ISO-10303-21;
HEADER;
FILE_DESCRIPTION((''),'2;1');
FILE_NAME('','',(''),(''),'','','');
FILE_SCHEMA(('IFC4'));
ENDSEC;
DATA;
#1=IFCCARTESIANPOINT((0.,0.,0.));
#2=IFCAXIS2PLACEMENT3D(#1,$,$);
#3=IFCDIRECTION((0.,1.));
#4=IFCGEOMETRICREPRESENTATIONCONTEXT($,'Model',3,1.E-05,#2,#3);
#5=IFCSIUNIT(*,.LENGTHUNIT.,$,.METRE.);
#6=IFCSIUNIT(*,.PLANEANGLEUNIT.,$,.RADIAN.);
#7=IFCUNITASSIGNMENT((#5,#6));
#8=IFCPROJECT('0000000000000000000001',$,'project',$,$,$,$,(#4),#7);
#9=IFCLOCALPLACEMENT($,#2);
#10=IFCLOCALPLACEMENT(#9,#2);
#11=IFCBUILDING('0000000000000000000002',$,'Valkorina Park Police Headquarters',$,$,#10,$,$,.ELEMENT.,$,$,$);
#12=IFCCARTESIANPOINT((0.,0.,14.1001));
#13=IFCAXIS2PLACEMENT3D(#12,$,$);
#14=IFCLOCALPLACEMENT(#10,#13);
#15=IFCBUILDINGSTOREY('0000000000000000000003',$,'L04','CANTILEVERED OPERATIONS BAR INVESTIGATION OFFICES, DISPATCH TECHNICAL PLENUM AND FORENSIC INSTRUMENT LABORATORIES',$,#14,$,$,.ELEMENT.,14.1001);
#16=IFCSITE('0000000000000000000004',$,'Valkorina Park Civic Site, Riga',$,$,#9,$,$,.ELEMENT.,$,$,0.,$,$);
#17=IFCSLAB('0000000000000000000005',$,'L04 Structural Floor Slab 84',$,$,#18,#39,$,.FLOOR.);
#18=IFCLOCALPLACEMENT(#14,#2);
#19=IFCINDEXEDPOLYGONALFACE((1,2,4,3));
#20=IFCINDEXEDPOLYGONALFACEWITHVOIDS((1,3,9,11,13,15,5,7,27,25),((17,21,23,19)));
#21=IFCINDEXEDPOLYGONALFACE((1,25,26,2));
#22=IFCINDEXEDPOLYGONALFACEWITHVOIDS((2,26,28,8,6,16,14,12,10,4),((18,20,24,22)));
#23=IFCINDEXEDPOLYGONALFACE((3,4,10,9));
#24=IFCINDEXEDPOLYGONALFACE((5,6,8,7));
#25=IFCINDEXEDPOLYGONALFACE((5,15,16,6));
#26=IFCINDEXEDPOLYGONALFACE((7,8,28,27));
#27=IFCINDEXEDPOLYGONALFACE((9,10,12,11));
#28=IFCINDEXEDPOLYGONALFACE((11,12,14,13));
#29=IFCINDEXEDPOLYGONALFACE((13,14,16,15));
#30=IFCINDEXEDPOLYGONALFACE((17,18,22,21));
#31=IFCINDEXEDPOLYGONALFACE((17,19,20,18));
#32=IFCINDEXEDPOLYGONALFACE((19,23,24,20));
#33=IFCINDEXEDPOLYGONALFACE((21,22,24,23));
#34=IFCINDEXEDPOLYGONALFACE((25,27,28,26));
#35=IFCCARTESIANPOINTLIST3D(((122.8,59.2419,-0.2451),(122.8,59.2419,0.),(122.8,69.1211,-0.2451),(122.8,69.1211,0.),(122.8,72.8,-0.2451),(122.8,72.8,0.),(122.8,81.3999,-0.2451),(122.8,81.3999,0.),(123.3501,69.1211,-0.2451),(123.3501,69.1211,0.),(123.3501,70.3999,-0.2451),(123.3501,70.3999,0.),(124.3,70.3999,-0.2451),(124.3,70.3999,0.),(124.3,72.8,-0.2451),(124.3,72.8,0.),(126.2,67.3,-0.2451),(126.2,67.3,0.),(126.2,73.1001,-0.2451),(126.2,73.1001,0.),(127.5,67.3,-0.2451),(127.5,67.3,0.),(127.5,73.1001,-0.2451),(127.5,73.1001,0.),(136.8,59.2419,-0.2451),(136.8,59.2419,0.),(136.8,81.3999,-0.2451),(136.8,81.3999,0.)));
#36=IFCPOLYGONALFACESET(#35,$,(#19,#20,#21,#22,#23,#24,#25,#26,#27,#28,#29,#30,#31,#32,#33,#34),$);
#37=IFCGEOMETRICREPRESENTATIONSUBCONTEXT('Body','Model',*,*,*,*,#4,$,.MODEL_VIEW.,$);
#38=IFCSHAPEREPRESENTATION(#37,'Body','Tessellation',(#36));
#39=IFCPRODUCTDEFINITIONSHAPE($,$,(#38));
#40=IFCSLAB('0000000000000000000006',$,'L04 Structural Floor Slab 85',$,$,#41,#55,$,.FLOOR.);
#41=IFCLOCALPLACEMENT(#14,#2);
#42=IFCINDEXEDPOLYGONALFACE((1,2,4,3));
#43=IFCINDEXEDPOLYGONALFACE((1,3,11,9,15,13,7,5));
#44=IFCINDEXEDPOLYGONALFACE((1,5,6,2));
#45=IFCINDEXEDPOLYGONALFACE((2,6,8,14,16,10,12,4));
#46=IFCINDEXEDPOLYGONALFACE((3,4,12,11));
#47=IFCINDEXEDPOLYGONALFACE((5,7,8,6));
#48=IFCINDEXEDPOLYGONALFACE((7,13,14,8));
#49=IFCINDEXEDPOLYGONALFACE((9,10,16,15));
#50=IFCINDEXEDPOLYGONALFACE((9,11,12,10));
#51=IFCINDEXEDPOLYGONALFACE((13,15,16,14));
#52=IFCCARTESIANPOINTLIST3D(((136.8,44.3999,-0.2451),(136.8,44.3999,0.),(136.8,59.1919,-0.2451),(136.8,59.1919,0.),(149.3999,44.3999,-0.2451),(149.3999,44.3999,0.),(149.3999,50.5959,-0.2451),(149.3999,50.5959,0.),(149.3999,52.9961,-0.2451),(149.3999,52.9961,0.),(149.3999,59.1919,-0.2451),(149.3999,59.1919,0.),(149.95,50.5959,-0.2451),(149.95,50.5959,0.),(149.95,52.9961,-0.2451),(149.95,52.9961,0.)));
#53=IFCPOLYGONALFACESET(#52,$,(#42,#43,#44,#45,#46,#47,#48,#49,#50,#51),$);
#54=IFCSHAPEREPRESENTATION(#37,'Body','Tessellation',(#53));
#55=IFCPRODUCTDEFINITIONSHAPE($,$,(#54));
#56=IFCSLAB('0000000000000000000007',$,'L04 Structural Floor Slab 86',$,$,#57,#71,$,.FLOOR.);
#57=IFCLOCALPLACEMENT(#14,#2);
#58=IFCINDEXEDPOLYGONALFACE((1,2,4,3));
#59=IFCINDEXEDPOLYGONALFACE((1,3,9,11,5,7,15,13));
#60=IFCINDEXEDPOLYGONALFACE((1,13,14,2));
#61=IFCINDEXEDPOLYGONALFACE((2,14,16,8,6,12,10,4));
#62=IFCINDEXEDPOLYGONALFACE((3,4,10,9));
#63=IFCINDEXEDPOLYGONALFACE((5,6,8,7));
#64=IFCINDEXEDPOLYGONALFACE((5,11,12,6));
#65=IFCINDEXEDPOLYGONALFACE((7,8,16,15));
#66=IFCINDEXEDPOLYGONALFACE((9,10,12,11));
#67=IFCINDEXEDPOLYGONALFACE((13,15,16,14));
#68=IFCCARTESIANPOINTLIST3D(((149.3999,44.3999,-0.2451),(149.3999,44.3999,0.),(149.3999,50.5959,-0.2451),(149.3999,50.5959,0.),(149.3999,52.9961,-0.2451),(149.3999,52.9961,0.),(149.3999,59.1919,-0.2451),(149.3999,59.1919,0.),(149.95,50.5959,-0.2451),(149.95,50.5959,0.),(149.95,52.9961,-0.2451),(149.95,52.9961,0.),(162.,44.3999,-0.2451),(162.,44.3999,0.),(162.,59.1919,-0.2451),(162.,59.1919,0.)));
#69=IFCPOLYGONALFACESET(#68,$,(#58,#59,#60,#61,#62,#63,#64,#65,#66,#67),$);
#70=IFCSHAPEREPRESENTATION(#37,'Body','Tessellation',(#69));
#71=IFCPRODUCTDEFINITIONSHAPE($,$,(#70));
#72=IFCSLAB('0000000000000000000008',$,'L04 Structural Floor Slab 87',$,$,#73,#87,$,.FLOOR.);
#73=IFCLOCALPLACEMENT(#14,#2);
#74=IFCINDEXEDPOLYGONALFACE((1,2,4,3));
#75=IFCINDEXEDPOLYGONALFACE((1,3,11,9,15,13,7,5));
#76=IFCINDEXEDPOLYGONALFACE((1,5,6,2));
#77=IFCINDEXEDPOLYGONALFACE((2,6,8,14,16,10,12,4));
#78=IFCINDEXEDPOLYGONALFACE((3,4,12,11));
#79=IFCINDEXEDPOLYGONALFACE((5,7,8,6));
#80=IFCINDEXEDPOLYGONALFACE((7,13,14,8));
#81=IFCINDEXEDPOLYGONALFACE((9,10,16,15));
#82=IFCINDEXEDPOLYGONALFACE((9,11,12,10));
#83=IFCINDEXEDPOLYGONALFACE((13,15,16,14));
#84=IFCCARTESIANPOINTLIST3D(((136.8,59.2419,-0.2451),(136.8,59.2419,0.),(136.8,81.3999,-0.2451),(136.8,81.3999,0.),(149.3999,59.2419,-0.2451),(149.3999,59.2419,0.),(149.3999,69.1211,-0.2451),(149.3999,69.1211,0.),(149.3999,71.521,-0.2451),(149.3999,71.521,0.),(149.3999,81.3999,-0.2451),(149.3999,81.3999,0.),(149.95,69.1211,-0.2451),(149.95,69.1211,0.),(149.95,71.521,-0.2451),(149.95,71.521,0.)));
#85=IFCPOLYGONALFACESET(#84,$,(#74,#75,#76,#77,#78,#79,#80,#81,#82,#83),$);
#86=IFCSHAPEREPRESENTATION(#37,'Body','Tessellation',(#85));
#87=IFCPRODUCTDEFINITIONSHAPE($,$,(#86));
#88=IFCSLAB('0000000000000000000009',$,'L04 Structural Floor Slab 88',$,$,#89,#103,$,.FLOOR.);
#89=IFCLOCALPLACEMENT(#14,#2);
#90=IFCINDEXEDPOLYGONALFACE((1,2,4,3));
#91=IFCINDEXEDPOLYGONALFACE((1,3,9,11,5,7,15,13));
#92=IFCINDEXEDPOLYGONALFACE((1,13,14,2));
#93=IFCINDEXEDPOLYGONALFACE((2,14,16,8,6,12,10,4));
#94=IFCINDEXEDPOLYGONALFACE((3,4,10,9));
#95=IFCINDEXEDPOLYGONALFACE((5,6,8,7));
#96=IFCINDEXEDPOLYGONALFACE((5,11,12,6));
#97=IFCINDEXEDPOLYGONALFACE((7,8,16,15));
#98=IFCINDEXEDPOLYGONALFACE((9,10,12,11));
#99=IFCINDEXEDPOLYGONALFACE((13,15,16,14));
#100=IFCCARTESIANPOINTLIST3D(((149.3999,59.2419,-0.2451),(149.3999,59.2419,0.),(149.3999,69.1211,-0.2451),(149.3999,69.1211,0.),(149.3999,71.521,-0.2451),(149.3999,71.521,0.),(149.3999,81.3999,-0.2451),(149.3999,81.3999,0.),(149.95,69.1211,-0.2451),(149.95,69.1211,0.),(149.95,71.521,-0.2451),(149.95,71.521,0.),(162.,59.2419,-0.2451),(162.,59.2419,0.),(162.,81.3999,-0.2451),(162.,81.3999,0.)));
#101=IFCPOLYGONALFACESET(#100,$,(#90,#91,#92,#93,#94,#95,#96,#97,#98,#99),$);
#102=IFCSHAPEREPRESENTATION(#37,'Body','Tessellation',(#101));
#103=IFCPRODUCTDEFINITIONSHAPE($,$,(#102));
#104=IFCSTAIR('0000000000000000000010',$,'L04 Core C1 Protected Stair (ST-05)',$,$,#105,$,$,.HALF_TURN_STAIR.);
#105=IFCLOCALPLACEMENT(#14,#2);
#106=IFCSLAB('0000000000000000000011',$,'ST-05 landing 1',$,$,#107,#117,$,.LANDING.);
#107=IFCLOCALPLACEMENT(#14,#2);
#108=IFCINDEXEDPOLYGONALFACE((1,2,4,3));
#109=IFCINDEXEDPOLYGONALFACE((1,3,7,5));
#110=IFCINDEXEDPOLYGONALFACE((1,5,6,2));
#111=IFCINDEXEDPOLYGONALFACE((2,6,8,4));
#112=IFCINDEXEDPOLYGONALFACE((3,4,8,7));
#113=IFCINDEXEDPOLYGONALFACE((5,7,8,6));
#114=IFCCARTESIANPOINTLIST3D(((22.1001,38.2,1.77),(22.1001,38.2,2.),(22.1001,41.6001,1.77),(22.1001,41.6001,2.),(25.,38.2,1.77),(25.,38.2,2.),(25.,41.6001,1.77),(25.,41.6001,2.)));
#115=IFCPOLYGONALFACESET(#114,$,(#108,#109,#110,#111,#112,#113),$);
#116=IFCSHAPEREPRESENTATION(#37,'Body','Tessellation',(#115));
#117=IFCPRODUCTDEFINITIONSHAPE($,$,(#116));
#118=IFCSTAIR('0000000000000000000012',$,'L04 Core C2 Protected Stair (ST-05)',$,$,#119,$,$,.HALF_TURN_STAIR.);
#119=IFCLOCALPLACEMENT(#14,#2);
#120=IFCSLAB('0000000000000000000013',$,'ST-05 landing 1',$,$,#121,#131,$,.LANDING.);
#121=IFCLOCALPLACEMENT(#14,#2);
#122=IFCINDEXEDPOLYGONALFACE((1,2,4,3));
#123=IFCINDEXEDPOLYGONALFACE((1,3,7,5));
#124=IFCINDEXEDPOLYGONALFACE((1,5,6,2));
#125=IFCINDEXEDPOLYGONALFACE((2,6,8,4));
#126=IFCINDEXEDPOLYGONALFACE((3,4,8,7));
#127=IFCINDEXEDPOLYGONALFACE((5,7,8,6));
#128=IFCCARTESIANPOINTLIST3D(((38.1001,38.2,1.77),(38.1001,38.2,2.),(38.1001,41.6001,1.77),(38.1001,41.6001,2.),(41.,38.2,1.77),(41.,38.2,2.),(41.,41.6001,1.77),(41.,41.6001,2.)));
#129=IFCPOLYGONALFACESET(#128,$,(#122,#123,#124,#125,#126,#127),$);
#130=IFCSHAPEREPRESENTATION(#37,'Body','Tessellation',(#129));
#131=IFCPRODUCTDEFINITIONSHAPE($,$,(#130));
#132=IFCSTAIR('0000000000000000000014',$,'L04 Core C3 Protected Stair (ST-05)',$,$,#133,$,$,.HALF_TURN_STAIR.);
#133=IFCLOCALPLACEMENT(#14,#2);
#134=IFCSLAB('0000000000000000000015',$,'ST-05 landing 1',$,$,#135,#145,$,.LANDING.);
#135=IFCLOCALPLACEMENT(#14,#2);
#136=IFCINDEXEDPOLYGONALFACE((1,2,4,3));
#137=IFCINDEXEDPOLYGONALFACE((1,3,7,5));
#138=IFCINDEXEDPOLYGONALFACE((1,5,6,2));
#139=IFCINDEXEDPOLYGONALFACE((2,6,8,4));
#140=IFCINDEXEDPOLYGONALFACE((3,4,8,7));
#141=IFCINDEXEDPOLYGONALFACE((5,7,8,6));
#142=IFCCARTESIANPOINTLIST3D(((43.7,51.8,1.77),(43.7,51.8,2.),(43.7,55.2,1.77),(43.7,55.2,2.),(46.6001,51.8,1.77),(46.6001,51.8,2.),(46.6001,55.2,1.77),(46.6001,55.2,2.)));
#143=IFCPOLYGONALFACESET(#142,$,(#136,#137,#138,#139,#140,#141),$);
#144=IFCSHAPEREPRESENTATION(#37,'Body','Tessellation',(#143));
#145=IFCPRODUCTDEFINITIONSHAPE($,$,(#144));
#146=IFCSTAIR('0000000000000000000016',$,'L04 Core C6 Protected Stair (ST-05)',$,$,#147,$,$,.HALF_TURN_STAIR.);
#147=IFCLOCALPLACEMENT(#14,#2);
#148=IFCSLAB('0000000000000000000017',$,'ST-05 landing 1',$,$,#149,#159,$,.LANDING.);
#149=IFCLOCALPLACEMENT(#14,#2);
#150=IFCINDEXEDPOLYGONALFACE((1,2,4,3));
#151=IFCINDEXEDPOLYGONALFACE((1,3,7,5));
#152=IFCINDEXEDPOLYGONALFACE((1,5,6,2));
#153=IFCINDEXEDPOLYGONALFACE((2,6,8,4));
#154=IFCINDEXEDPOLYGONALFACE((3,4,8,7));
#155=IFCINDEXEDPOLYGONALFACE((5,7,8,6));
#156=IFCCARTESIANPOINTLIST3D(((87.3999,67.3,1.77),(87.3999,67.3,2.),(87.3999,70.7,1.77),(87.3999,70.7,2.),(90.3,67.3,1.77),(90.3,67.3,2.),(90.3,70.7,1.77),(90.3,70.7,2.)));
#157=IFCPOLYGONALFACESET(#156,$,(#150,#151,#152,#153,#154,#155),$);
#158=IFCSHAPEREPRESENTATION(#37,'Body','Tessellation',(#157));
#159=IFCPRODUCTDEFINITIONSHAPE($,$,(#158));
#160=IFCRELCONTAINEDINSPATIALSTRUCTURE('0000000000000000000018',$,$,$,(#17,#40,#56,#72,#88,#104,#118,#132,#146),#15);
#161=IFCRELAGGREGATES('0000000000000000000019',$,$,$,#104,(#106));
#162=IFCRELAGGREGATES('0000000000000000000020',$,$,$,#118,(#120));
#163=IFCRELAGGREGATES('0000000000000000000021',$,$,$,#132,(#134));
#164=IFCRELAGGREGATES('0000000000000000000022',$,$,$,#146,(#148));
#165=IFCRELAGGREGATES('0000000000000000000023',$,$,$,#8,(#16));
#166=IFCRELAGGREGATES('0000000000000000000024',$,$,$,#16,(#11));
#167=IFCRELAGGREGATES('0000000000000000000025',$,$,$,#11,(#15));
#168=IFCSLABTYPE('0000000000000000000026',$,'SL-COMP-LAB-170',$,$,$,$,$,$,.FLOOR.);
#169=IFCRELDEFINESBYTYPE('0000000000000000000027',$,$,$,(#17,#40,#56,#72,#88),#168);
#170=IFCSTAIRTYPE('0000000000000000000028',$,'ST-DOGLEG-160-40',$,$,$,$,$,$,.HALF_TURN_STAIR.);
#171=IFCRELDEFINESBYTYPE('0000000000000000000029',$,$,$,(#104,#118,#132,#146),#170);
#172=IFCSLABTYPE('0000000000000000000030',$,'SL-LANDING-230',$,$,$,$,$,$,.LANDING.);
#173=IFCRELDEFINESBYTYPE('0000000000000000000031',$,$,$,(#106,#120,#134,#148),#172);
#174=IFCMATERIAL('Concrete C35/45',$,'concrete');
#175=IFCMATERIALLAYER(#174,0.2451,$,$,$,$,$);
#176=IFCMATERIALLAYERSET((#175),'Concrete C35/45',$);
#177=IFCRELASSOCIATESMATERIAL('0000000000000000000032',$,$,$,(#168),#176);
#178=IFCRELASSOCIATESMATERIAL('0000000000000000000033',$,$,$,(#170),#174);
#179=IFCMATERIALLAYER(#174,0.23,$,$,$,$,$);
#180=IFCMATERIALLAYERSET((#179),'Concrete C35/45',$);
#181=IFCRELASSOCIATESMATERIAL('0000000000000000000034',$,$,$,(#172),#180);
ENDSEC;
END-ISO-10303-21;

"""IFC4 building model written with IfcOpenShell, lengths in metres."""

from ifc_helpers import new_model, si_unit, direction, frame, origin, place, context, subcontext, project, spatial, polyline, outline, extrude, material, layer, layer_set, type_object, element, aggregate, save


model = new_model("IFC4")

# Units and contexts
model_context = context("Model", 3, precision=1e-05, world=origin(), true_north=direction((0.0, 1.0)))
body_context = subcontext(model_context, "Body", "Model", "MODEL_VIEW")
ifc_project = project(units=[si_unit("LENGTHUNIT", "METRE"), si_unit("PLANEANGLEUNIT", "RADIAN")], contexts=[model_context])

# Site, building, storey
site_placement = place(None, origin())
site = spatial("IfcSite", under=ifc_project, at=site_placement, Name="Valkorina Park Civic Site, Riga", CompositionType="ELEMENT", RefElevation=0.0)
building_placement = place(site_placement, origin())
building = spatial("IfcBuilding", under=site, at=building_placement, Name="Valkorina Park Police Headquarters", CompositionType="ELEMENT")
storey_placement = place(building_placement, frame((0.0, 0.0, 14.1001)))
storey = spatial("IfcBuildingStorey", under=building, at=storey_placement, Name="L04", Description="CANTILEVERED OPERATIONS BAR INVESTIGATION OFFICES, DISPATCH TECHNICAL PLENUM AND FORENSIC INSTRUMENT LABORATORIES", CompositionType="ELEMENT", Elevation=14.1001)

# Slabs
ifc_material_1 = material(Name="Concrete C35/45", Category="concrete")
ifc_layer_1 = layer(ifc_material_1, 0.2451)
ifc_layer_set_1 = layer_set([ifc_layer_1], Name="Concrete C35/45")
slab_type_1 = type_object("IfcSlabType", Name="SL-COMP-LAB-170", PredefinedType="FLOOR", material=ifc_layer_set_1)
slab_1_placement = place(storey_placement, frame((0.0, 0.0, -0.2451)))
element("IfcSlab", 1, at=slab_1_placement, inside=storey, type_object=slab_type_1, Name="L04 Structural Floor Slab 84", PredefinedType="FLOOR", context=body_context, shape_type="SweptSolid", body=[
    extrude(outline(polyline([(122.8, 81.3999), (122.8, 72.8), (124.3, 72.8), (124.3, 70.3999), (123.3501, 70.3999), (123.3501, 69.1211), (122.8, 69.1211), (122.8, 59.2419), (136.8, 59.2419), (136.8, 81.3999), (122.8, 81.3999)]), holes=[polyline([(127.5, 67.3), (126.2, 67.3), (126.2, 73.1001), (127.5, 73.1001), (127.5, 67.3)])]), origin(), (0.0, 0.0, 1.0), 0.2451),
])
slab_2_placement = place(storey_placement, frame((0.0, 0.0, -0.2451)))
element("IfcSlab", 2, at=slab_2_placement, inside=storey, type_object=slab_type_1, Name="L04 Structural Floor Slab 85", PredefinedType="FLOOR", context=body_context, shape_type="SweptSolid", body=[
    extrude(outline(polyline([(149.3999, 44.3999), (149.3999, 50.5959), (149.95, 50.5959), (149.95, 52.9961), (149.3999, 52.9961), (149.3999, 59.1919), (136.8, 59.1919), (136.8, 44.3999), (149.3999, 44.3999)])), origin(), (0.0, 0.0, 1.0), 0.2451),
])
slab_3_placement = place(storey_placement, frame((0.0, 0.0, -0.2451)))
element("IfcSlab", 3, at=slab_3_placement, inside=storey, type_object=slab_type_1, Name="L04 Structural Floor Slab 86", PredefinedType="FLOOR", context=body_context, shape_type="SweptSolid", body=[
    extrude(outline(polyline([(149.3999, 59.1919), (149.3999, 52.9961), (149.95, 52.9961), (149.95, 50.5959), (149.3999, 50.5959), (149.3999, 44.3999), (162.0, 44.3999), (162.0, 59.1919), (149.3999, 59.1919)])), origin(), (0.0, 0.0, 1.0), 0.2451),
])
slab_4_placement = place(storey_placement, frame((0.0, 0.0, -0.2451)))
element("IfcSlab", 4, at=slab_4_placement, inside=storey, type_object=slab_type_1, Name="L04 Structural Floor Slab 87", PredefinedType="FLOOR", context=body_context, shape_type="SweptSolid", body=[
    extrude(outline(polyline([(149.3999, 59.2419), (149.3999, 69.1211), (149.95, 69.1211), (149.95, 71.521), (149.3999, 71.521), (149.3999, 81.3999), (136.8, 81.3999), (136.8, 59.2419), (149.3999, 59.2419)])), origin(), (0.0, 0.0, 1.0), 0.2451),
])
slab_5_placement = place(storey_placement, frame((0.0, 0.0, -0.2451)))
element("IfcSlab", 5, at=slab_5_placement, inside=storey, type_object=slab_type_1, Name="L04 Structural Floor Slab 88", PredefinedType="FLOOR", context=body_context, shape_type="SweptSolid", body=[
    extrude(outline(polyline([(149.3999, 81.3999), (149.3999, 71.521), (149.95, 71.521), (149.95, 69.1211), (149.3999, 69.1211), (149.3999, 59.2419), (162.0, 59.2419), (162.0, 81.3999), (149.3999, 81.3999)])), origin(), (0.0, 0.0, 1.0), 0.2451),
])

# Stairs, slabs
stair_type = type_object("IfcStairType", Name="ST-DOGLEG-160-40", PredefinedType="HALF_TURN_STAIR", material=ifc_material_1)
stair_1_placement = place(storey_placement, origin())
stair_1 = element("IfcStair", 6, at=stair_1_placement, inside=storey, type_object=stair_type, Name="L04 Core C1 Protected Stair (ST-05)", PredefinedType="HALF_TURN_STAIR")
ifc_layer_2 = layer(ifc_material_1, 0.23)
ifc_layer_set_2 = layer_set([ifc_layer_2], Name="Concrete C35/45")
slab_type_2 = type_object("IfcSlabType", Name="SL-LANDING-230", PredefinedType="LANDING", material=ifc_layer_set_2)
slab_6_placement = place(storey_placement, frame((0.0, 0.0, 1.77)))
slab_6 = element("IfcSlab", 7, at=slab_6_placement, type_object=slab_type_2, Name="ST-05 landing 1", PredefinedType="LANDING", context=body_context, shape_type="SweptSolid", body=[
    extrude(outline(polyline([(22.1001, 38.2), (25.0, 38.2), (25.0, 41.6001), (22.1001, 41.6001), (22.1001, 38.2)])), origin(), (0.0, 0.0, 1.0), 0.23),
])
aggregate(stair_1, [slab_6])
stair_2_placement = place(storey_placement, origin())
stair_2 = element("IfcStair", 8, at=stair_2_placement, inside=storey, type_object=stair_type, Name="L04 Core C2 Protected Stair (ST-05)", PredefinedType="HALF_TURN_STAIR")
slab_7_placement = place(storey_placement, frame((0.0, 0.0, 1.77)))
slab_7 = element("IfcSlab", 9, at=slab_7_placement, type_object=slab_type_2, Name="ST-05 landing 1", PredefinedType="LANDING", context=body_context, shape_type="SweptSolid", body=[
    extrude(outline(polyline([(38.1001, 38.2), (41.0, 38.2), (41.0, 41.6001), (38.1001, 41.6001), (38.1001, 38.2)])), origin(), (0.0, 0.0, 1.0), 0.23),
])
aggregate(stair_2, [slab_7])
stair_3_placement = place(storey_placement, origin())
stair_3 = element("IfcStair", 10, at=stair_3_placement, inside=storey, type_object=stair_type, Name="L04 Core C3 Protected Stair (ST-05)", PredefinedType="HALF_TURN_STAIR")
slab_8_placement = place(storey_placement, frame((0.0, 0.0, 1.77)))
slab_8 = element("IfcSlab", 11, at=slab_8_placement, type_object=slab_type_2, Name="ST-05 landing 1", PredefinedType="LANDING", context=body_context, shape_type="SweptSolid", body=[
    extrude(outline(polyline([(43.7, 51.8), (46.6001, 51.8), (46.6001, 55.2), (43.7, 55.2), (43.7, 51.8)])), origin(), (0.0, 0.0, 1.0), 0.23),
])
aggregate(stair_3, [slab_8])
stair_4_placement = place(storey_placement, origin())
stair_4 = element("IfcStair", 12, at=stair_4_placement, inside=storey, type_object=stair_type, Name="L04 Core C6 Protected Stair (ST-05)", PredefinedType="HALF_TURN_STAIR")
slab_9_placement = place(storey_placement, frame((0.0, 0.0, 1.77)))
slab_9 = element("IfcSlab", 13, at=slab_9_placement, type_object=slab_type_2, Name="ST-05 landing 1", PredefinedType="LANDING", context=body_context, shape_type="SweptSolid", body=[
    extrude(outline(polyline([(87.3999, 67.3), (90.3, 67.3), (90.3, 70.7), (87.3999, 70.7), (87.3999, 67.3)])), origin(), (0.0, 0.0, 1.0), 0.23),
])
aggregate(stair_4, [slab_9])

save(model, "model.ifc")
